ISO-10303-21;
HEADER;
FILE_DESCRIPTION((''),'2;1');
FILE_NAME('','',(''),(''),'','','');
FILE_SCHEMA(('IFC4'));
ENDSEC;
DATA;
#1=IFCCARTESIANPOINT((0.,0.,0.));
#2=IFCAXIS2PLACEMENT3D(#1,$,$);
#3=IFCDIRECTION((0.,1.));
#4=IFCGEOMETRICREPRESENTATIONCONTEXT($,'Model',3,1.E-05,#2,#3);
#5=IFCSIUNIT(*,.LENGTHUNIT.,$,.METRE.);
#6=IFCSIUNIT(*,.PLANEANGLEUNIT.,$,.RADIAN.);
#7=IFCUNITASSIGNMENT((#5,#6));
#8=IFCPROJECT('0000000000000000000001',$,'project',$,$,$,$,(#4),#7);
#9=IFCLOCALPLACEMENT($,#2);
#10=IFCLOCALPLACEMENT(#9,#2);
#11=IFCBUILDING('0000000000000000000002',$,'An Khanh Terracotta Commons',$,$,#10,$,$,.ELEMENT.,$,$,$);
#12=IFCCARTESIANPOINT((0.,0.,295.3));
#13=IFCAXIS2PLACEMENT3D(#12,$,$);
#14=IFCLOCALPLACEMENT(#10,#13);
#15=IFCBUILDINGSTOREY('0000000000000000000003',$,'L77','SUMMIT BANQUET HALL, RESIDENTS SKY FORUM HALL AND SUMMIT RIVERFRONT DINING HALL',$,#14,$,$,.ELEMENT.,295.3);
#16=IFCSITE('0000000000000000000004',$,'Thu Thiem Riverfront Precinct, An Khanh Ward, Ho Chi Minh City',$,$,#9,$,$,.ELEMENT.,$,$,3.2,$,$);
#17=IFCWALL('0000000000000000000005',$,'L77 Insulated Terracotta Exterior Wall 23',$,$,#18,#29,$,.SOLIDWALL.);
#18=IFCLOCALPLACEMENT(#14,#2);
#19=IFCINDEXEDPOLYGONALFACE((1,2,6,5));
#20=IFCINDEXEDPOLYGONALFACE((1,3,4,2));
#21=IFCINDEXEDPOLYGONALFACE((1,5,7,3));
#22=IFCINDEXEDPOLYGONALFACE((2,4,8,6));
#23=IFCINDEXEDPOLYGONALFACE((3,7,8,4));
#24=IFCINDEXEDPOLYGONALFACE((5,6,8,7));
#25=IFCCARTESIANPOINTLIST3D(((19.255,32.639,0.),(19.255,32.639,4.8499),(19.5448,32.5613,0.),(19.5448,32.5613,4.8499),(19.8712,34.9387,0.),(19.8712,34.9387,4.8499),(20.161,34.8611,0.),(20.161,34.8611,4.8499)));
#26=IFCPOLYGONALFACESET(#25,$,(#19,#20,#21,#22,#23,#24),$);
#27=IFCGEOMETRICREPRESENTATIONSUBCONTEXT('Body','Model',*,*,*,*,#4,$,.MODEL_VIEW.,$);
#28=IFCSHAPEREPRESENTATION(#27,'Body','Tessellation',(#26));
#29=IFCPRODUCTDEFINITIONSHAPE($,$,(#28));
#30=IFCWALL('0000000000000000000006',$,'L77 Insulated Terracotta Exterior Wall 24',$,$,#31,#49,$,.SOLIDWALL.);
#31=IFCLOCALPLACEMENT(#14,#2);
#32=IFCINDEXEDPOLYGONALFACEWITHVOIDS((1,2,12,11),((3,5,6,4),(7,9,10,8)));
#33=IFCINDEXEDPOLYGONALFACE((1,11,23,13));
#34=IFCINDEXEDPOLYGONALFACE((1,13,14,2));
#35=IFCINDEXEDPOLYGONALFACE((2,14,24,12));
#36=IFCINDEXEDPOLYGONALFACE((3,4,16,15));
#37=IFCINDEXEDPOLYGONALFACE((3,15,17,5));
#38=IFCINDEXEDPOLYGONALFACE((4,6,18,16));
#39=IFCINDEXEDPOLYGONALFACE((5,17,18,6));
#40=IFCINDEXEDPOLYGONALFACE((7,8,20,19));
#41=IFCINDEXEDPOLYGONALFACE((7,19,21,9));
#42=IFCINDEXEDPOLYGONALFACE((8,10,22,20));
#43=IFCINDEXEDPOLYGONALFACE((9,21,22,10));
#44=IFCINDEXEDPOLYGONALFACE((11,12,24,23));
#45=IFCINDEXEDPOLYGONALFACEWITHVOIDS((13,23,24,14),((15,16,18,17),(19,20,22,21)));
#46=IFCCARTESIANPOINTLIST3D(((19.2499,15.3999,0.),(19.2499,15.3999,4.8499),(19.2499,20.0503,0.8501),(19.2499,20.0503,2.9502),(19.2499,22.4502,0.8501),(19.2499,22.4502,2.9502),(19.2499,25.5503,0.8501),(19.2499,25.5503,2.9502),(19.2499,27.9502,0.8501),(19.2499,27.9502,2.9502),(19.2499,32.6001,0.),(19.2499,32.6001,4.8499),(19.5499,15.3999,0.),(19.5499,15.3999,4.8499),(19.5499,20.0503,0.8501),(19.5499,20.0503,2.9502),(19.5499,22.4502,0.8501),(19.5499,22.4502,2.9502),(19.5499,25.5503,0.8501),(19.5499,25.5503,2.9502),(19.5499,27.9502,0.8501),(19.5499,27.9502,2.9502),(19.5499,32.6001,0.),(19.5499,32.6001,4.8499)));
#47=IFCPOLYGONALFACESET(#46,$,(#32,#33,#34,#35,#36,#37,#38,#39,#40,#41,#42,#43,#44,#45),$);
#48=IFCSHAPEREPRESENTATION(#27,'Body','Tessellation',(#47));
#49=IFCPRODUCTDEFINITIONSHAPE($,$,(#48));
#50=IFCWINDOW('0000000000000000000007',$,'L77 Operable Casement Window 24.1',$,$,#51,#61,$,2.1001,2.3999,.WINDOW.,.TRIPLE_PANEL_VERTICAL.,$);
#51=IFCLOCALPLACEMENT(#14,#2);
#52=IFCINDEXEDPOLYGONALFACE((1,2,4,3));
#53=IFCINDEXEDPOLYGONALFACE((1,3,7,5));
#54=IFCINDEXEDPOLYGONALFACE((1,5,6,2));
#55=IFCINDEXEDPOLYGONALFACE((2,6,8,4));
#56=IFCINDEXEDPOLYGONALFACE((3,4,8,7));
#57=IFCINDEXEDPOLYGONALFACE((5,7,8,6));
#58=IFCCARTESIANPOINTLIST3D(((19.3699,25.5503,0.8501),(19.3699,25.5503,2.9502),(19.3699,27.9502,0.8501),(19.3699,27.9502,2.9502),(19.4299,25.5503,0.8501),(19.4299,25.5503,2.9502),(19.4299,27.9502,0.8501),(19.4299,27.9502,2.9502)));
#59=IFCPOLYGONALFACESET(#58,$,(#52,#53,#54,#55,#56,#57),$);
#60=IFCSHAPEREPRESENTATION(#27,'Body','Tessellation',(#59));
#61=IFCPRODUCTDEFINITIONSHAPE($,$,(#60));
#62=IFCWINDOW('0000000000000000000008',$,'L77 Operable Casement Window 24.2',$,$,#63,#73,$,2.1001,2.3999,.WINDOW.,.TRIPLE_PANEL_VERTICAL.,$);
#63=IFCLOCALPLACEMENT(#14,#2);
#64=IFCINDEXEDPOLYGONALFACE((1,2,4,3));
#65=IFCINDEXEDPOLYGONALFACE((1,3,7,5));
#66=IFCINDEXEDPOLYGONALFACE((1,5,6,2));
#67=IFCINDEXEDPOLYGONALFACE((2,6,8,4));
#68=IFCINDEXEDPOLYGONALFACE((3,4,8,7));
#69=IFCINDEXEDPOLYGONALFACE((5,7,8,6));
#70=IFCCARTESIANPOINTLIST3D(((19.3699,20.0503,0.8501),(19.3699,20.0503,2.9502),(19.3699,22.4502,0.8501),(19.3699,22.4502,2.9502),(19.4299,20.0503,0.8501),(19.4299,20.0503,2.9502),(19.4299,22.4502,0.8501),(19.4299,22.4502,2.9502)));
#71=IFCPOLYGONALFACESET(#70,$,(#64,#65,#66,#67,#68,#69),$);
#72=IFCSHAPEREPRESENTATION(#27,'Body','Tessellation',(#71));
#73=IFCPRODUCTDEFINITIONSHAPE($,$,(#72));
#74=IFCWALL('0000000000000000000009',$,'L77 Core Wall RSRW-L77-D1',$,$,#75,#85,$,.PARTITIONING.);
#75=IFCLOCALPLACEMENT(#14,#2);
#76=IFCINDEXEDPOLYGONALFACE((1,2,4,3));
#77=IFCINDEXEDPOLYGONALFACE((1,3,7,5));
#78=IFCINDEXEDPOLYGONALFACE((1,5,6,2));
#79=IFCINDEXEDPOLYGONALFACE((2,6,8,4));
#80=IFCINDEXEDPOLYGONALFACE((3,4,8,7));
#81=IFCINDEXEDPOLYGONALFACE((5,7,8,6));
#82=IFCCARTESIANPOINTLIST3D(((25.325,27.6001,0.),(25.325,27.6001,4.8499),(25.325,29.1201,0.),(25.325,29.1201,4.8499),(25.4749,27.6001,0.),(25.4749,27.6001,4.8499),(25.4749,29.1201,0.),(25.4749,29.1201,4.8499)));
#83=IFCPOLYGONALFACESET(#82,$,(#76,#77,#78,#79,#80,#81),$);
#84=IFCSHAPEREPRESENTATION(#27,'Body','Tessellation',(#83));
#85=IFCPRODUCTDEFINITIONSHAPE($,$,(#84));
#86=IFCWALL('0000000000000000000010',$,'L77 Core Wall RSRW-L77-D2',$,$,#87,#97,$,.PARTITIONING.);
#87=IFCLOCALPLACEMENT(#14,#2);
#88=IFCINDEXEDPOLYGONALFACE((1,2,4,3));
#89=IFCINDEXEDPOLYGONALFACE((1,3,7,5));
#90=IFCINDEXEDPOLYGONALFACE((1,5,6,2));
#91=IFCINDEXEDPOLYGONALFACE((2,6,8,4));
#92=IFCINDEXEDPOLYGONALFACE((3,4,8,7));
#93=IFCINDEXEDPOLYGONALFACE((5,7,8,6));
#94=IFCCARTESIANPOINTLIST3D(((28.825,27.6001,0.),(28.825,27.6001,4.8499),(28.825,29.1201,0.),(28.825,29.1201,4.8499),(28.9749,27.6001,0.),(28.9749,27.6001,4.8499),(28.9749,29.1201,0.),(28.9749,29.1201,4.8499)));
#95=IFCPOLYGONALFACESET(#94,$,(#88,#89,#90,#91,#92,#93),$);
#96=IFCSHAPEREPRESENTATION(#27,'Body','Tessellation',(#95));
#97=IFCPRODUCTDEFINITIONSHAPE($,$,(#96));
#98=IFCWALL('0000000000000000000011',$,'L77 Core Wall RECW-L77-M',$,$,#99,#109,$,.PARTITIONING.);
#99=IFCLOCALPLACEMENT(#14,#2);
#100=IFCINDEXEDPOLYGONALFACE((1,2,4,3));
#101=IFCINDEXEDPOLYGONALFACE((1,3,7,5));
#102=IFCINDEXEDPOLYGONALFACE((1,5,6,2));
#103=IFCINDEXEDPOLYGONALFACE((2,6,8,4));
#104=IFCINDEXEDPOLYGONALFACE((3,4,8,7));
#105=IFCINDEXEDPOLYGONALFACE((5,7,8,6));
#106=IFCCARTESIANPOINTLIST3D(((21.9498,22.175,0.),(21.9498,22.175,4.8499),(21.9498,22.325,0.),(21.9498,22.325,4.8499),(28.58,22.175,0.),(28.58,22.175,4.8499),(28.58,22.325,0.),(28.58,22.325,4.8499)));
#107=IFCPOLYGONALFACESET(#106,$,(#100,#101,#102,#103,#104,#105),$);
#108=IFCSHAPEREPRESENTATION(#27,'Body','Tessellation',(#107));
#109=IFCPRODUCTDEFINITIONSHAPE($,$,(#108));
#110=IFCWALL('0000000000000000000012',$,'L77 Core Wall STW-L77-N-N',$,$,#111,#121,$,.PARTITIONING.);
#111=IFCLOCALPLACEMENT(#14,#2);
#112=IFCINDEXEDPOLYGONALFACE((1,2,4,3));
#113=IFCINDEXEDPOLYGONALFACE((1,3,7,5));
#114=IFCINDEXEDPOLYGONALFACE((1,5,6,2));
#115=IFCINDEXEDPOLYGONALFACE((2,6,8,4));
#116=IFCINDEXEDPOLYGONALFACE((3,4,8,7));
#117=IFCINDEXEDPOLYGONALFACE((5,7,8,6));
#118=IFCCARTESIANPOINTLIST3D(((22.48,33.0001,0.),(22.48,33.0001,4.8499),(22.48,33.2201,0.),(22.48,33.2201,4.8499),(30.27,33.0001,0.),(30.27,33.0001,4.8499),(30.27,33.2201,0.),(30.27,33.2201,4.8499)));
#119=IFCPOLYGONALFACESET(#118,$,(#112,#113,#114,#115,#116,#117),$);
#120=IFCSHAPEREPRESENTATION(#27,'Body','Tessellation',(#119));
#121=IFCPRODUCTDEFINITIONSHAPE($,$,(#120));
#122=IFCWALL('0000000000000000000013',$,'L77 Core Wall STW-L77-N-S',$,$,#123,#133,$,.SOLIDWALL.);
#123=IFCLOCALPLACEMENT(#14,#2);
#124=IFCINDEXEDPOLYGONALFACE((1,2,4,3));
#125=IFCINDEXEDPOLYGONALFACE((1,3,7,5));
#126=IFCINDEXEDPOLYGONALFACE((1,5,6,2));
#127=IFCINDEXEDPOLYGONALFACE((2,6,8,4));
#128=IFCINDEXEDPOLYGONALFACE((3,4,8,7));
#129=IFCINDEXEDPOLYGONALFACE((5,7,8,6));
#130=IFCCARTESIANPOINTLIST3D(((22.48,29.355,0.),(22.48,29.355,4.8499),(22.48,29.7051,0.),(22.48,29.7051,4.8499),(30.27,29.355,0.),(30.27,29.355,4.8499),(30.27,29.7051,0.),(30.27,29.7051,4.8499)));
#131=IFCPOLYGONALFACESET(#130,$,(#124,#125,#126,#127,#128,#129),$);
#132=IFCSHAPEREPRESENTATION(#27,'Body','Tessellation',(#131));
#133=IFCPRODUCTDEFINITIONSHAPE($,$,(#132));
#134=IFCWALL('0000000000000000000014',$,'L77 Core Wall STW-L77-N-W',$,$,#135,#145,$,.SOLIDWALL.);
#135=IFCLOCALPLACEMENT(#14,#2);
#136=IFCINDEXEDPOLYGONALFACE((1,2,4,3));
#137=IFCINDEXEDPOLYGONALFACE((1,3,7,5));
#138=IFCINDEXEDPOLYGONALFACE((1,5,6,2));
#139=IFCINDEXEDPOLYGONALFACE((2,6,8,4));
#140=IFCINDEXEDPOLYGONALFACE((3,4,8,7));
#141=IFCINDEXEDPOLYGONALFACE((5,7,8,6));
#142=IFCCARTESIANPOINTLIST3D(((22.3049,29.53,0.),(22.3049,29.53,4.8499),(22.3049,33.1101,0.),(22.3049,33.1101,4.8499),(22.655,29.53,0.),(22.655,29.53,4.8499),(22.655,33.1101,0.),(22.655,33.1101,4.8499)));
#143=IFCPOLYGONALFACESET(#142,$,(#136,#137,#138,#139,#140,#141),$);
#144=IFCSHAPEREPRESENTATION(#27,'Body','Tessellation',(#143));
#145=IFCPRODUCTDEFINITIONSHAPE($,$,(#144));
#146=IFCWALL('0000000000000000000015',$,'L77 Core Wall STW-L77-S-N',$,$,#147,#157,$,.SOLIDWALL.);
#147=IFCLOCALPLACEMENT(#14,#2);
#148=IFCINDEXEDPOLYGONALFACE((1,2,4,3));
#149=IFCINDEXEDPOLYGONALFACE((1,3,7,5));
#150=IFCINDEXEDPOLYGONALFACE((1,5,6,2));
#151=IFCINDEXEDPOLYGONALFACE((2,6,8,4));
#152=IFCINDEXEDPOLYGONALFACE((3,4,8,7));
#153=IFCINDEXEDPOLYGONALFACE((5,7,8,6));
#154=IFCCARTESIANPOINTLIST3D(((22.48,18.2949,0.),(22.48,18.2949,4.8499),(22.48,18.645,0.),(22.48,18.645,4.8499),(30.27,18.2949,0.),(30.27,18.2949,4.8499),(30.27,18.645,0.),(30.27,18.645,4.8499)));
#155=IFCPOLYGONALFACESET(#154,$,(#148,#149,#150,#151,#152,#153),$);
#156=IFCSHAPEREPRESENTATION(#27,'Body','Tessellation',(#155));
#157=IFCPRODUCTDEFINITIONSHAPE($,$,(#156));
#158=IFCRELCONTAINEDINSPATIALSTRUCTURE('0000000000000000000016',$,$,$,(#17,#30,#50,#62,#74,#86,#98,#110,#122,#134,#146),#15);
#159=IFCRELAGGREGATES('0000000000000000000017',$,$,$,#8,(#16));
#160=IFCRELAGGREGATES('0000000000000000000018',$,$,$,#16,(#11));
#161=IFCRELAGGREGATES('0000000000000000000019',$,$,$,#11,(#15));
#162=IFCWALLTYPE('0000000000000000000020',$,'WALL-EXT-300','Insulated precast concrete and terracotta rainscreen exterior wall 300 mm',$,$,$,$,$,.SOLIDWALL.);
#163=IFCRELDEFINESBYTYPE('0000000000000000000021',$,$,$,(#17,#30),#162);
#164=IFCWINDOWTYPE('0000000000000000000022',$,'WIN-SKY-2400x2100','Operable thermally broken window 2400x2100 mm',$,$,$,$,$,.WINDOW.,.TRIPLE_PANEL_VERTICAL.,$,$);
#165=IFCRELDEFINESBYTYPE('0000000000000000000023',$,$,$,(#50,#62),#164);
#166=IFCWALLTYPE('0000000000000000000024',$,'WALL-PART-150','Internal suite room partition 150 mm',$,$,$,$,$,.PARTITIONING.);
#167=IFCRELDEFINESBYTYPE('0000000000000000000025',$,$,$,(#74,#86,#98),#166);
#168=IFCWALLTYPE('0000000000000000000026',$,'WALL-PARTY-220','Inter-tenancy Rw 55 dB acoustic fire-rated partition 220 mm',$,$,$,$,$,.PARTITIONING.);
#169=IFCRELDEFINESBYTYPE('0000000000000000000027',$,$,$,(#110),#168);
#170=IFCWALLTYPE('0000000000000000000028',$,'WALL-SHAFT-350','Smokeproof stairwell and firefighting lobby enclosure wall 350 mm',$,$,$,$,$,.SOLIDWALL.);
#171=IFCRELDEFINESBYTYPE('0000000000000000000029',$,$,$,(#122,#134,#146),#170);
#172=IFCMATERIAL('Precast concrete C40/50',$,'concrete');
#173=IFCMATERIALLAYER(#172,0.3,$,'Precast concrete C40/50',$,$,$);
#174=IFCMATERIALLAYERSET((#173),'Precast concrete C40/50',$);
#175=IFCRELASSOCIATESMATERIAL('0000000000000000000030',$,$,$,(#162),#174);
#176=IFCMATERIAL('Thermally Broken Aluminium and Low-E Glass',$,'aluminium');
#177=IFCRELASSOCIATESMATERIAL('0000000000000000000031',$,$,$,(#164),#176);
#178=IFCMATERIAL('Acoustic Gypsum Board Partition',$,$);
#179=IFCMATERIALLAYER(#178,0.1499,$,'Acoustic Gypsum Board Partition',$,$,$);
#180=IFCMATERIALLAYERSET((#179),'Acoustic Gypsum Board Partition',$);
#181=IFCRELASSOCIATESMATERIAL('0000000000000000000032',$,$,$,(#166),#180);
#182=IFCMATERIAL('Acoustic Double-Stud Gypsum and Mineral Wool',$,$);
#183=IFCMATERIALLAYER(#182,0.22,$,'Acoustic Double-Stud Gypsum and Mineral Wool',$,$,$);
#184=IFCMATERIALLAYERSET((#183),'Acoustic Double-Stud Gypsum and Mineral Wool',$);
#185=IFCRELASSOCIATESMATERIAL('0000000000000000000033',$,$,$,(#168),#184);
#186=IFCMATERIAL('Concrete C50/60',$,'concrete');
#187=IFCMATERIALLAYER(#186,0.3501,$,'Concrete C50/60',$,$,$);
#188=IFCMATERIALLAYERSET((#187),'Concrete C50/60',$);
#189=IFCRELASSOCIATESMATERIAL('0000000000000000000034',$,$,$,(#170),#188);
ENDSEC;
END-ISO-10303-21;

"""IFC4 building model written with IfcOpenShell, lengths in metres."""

from ifc_helpers import new_model, si_unit, direction, frame, frame_2d, origin, place, context, subcontext, project, spatial, rectangle, extrude, material, layer, layer_set, type_object, element, fill, save


model = new_model("IFC4")

# Units and contexts
model_context = context("Model", 3, precision=1e-05, world=origin(), true_north=direction((0.0, 1.0)))
body_context = subcontext(model_context, "Body", "Model", "MODEL_VIEW")
ifc_project = project(units=[si_unit("LENGTHUNIT", "METRE"), si_unit("PLANEANGLEUNIT", "RADIAN")], contexts=[model_context])

# Site, building, storey
site_placement = place(None, origin())
site = spatial("IfcSite", under=ifc_project, at=site_placement, Name="Thu Thiem Riverfront Precinct, An Khanh Ward, Ho Chi Minh City", CompositionType="ELEMENT", RefElevation=3.2)
building_placement = place(site_placement, origin())
building = spatial("IfcBuilding", under=site, at=building_placement, Name="An Khanh Terracotta Commons", CompositionType="ELEMENT")
storey_placement = place(building_placement, frame((0.0, 0.0, 295.3)))
storey = spatial("IfcBuildingStorey", under=building, at=storey_placement, Name="L77", Description="SUMMIT BANQUET HALL, RESIDENTS SKY FORUM HALL AND SUMMIT RIVERFRONT DINING HALL", CompositionType="ELEMENT", Elevation=295.3)

# Shared definitions
ifc_material_1 = material(Name="Concrete C50/60", Category="concrete")

# Wall
ifc_material_2 = material(Name="Precast concrete C40/50", Category="concrete")
ifc_layer_1 = layer(ifc_material_2, 0.3, Name="Precast concrete C40/50")
ifc_layer_set_1 = layer_set([ifc_layer_1], Name="Precast concrete C40/50")
wall_type_1 = type_object("IfcWallType", Name="WALL-EXT-300", Description="Insulated precast concrete and terracotta rainscreen exterior wall 300 mm", PredefinedType="SOLIDWALL", material=ifc_layer_set_1)
wall_1_placement = place(storey_placement, frame((20.0161, 34.8999, 0.0), z_axis=(0.0, 0.0, 1.0), x_axis=(-0.258811, -0.965928, 0.0)))
element("IfcWall", 1, at=wall_1_placement, inside=storey, type_object=wall_type_1, Name="L77 Insulated Terracotta Exterior Wall 23", PredefinedType="SOLIDWALL", context=body_context, shape_type="SweptSolid", body=[
    extrude(rectangle(XDim=2.3809, YDim=0.3, at=frame_2d((1.1904, 0.0))), origin(), (0.0, 0.0, 1.0), 4.8499),
])

# Wall, openings, windows
wall_2_placement = place(storey_placement, frame((19.3999, 32.6001, 0.0), z_axis=(0.0, 0.0, 1.0), x_axis=(0.0, -1.0, 0.0)))
wall_2 = element("IfcWall", 2, at=wall_2_placement, inside=storey, type_object=wall_type_1, Name="L77 Insulated Terracotta Exterior Wall 24", PredefinedType="SOLIDWALL", context=body_context, shape_type="SweptSolid", body=[
    extrude(rectangle(XDim=17.2002, YDim=0.3, at=frame_2d((8.6001, 0.0))), origin(), (0.0, 0.0, 1.0), 4.8499),
])
opening_1_placement = place(wall_2_placement, frame((4.6499, 0.0, 0.8501)))
opening_1 = element("IfcOpeningElement", 3, at=opening_1_placement, cuts=wall_2, PredefinedType="OPENING", context=body_context, shape_type="SweptSolid", body=[
    extrude(rectangle(XDim=2.3999, YDim=2.1001, at=frame_2d((1.2, 1.05))), frame((0.0, 0.1599, 0.0), z_axis=(0.0, -1.0, 0.0), x_axis=(1.0, 0.0, 0.0)), (0.0, 0.0, 1.0), 0.3201),
])
opening_2_placement = place(wall_2_placement, frame((10.1499, 0.0, 0.8501)))
opening_2 = element("IfcOpeningElement", 4, at=opening_2_placement, cuts=wall_2, PredefinedType="OPENING", context=body_context, shape_type="SweptSolid", body=[
    extrude(rectangle(XDim=2.3999, YDim=2.1001, at=frame_2d((1.2, 1.05))), frame((0.0, 0.1599, 0.0), z_axis=(0.0, -1.0, 0.0), x_axis=(1.0, 0.0, 0.0)), (0.0, 0.0, 1.0), 0.3201),
])
ifc_material_3 = material(Name="Thermally Broken Aluminium and Low-E Glass", Category="aluminium")
window_type = type_object("IfcWindowType", Name="WIN-SKY-2400x2100", Description="Operable thermally broken window 2400x2100 mm", PartitioningType="TRIPLE_PANEL_VERTICAL", PredefinedType="WINDOW", material=ifc_material_3)
window_1_placement = place(opening_1_placement, origin())
window_1 = element("IfcWindow", 5, at=window_1_placement, inside=storey, type_object=window_type, Name="L77 Operable Casement Window 24.1", OverallHeight=2.1001, OverallWidth=2.3999, PartitioningType="TRIPLE_PANEL_VERTICAL", PredefinedType="WINDOW", context=body_context, shape_type="SweptSolid", body=[
    extrude(rectangle(XDim=2.3999, YDim=2.1001, at=frame_2d((1.2, 1.05))), frame((0.0, 0.03, 0.0), z_axis=(0.0, -1.0, 0.0), x_axis=(1.0, 0.0, 0.0)), (0.0, 0.0, 1.0), 0.0601),
])
fill(opening_1, window_1)
window_2_placement = place(opening_2_placement, origin())
window_2 = element("IfcWindow", 6, at=window_2_placement, inside=storey, type_object=window_type, Name="L77 Operable Casement Window 24.2", OverallHeight=2.1001, OverallWidth=2.3999, PartitioningType="TRIPLE_PANEL_VERTICAL", PredefinedType="WINDOW", context=body_context, shape_type="SweptSolid", body=[
    extrude(rectangle(XDim=2.3999, YDim=2.1001, at=frame_2d((1.2, 1.05))), frame((0.0, 0.03, 0.0), z_axis=(0.0, -1.0, 0.0), x_axis=(1.0, 0.0, 0.0)), (0.0, 0.0, 1.0), 0.0601),
])
fill(opening_2, window_2)

# Walls
ifc_material_4 = material(Name="Acoustic Gypsum Board Partition")
ifc_layer_2 = layer(ifc_material_4, 0.1499, Name="Acoustic Gypsum Board Partition")
ifc_layer_set_2 = layer_set([ifc_layer_2], Name="Acoustic Gypsum Board Partition")
wall_type_2 = type_object("IfcWallType", Name="WALL-PART-150", Description="Internal suite room partition 150 mm", PredefinedType="PARTITIONING", material=ifc_layer_set_2)
for number, where, z_axis, x_axis, name in (
    (7, (25.3999, 27.6001, 0.0), (0.0, 0.0, 1.0), (0.0, 1.0, 0.0), "L77 Core Wall RSRW-L77-D1"),
    (8, (28.8999, 27.6001, 0.0), (0.0, 0.0, 1.0), (0.0, 1.0, 0.0), "L77 Core Wall RSRW-L77-D2"),
):
    element("IfcWall", number, at=place(storey_placement, frame(where, z_axis=z_axis, x_axis=x_axis)), inside=storey, type_object=wall_type_2, Name=name, PredefinedType="PARTITIONING", context=body_context, shape_type="SweptSolid", body=[
        extrude(rectangle(XDim=1.52, YDim=0.1499, at=frame_2d((0.76, 0.0))), origin(), (0.0, 0.0, 1.0), 4.8499),
    ])
wall_3_placement = place(storey_placement, frame((21.95, 22.25, 0.0), z_axis=(0.0, 0.0, 1.0), x_axis=(1.0, 0.0, 0.0)))
element("IfcWall", 9, at=wall_3_placement, inside=storey, type_object=wall_type_2, Name="L77 Core Wall RECW-L77-M", PredefinedType="PARTITIONING", context=body_context, shape_type="SweptSolid", body=[
    extrude(rectangle(XDim=6.6301, YDim=0.1499, at=frame_2d((3.3149, 0.0))), origin(), (0.0, 0.0, 1.0), 4.8499),
])
ifc_material_5 = material(Name="Acoustic Double-Stud Gypsum and Mineral Wool")
ifc_layer_3 = layer(ifc_material_5, 0.22, Name="Acoustic Double-Stud Gypsum and Mineral Wool")
ifc_layer_set_3 = layer_set([ifc_layer_3], Name="Acoustic Double-Stud Gypsum and Mineral Wool")
wall_type_3 = type_object("IfcWallType", Name="WALL-PARTY-220", Description="Inter-tenancy Rw 55 dB acoustic fire-rated partition 220 mm", PredefinedType="PARTITIONING", material=ifc_layer_set_3)
wall_4_placement = place(storey_placement, frame((22.48, 33.1101, 0.0), z_axis=(0.0, 0.0, 1.0), x_axis=(1.0, 0.0, 0.0)))
element("IfcWall", 10, at=wall_4_placement, inside=storey, type_object=wall_type_3, Name="L77 Core Wall STW-L77-N-N", PredefinedType="PARTITIONING", context=body_context, shape_type="SweptSolid", body=[
    extrude(rectangle(XDim=7.79, YDim=0.22, at=frame_2d((3.895, 0.0))), origin(), (0.0, 0.0, 1.0), 4.8499),
])
ifc_layer_4 = layer(ifc_material_1, 0.3501, Name="Concrete C50/60")
ifc_layer_set_4 = layer_set([ifc_layer_4], Name="Concrete C50/60")
wall_type_4 = type_object("IfcWallType", Name="WALL-SHAFT-350", Description="Smokeproof stairwell and firefighting lobby enclosure wall 350 mm", PredefinedType="SOLIDWALL", material=ifc_layer_set_4)
wall_5_placement = place(storey_placement, frame((22.48, 29.53, 0.0), z_axis=(0.0, 0.0, 1.0), x_axis=(1.0, 0.0, 0.0)))
element("IfcWall", 11, at=wall_5_placement, inside=storey, type_object=wall_type_4, Name="L77 Core Wall STW-L77-N-S", PredefinedType="SOLIDWALL", context=body_context, shape_type="SweptSolid", body=[
    extrude(rectangle(XDim=7.79, YDim=0.3501, at=frame_2d((3.895, 0.0))), origin(), (0.0, 0.0, 1.0), 4.8499),
])
wall_6_placement = place(storey_placement, frame((22.48, 29.53, 0.0), z_axis=(0.0, 0.0, 1.0), x_axis=(0.0, 1.0, 0.0)))
element("IfcWall", 12, at=wall_6_placement, inside=storey, type_object=wall_type_4, Name="L77 Core Wall STW-L77-N-W", PredefinedType="SOLIDWALL", context=body_context, shape_type="SweptSolid", body=[
    extrude(rectangle(XDim=3.5801, YDim=0.3501, at=frame_2d((1.79, 0.0))), origin(), (0.0, 0.0, 1.0), 4.8499),
])
wall_7_placement = place(storey_placement, frame((22.48, 18.47, 0.0), z_axis=(0.0, 0.0, 1.0), x_axis=(1.0, 0.0, 0.0)))
element("IfcWall", 13, at=wall_7_placement, inside=storey, type_object=wall_type_4, Name="L77 Core Wall STW-L77-S-N", PredefinedType="SOLIDWALL", context=body_context, shape_type="SweptSolid", body=[
    extrude(rectangle(XDim=7.79, YDim=0.3501, at=frame_2d((3.895, 0.0))), origin(), (0.0, 0.0, 1.0), 4.8499),
])

save(model, "model.ifc")
